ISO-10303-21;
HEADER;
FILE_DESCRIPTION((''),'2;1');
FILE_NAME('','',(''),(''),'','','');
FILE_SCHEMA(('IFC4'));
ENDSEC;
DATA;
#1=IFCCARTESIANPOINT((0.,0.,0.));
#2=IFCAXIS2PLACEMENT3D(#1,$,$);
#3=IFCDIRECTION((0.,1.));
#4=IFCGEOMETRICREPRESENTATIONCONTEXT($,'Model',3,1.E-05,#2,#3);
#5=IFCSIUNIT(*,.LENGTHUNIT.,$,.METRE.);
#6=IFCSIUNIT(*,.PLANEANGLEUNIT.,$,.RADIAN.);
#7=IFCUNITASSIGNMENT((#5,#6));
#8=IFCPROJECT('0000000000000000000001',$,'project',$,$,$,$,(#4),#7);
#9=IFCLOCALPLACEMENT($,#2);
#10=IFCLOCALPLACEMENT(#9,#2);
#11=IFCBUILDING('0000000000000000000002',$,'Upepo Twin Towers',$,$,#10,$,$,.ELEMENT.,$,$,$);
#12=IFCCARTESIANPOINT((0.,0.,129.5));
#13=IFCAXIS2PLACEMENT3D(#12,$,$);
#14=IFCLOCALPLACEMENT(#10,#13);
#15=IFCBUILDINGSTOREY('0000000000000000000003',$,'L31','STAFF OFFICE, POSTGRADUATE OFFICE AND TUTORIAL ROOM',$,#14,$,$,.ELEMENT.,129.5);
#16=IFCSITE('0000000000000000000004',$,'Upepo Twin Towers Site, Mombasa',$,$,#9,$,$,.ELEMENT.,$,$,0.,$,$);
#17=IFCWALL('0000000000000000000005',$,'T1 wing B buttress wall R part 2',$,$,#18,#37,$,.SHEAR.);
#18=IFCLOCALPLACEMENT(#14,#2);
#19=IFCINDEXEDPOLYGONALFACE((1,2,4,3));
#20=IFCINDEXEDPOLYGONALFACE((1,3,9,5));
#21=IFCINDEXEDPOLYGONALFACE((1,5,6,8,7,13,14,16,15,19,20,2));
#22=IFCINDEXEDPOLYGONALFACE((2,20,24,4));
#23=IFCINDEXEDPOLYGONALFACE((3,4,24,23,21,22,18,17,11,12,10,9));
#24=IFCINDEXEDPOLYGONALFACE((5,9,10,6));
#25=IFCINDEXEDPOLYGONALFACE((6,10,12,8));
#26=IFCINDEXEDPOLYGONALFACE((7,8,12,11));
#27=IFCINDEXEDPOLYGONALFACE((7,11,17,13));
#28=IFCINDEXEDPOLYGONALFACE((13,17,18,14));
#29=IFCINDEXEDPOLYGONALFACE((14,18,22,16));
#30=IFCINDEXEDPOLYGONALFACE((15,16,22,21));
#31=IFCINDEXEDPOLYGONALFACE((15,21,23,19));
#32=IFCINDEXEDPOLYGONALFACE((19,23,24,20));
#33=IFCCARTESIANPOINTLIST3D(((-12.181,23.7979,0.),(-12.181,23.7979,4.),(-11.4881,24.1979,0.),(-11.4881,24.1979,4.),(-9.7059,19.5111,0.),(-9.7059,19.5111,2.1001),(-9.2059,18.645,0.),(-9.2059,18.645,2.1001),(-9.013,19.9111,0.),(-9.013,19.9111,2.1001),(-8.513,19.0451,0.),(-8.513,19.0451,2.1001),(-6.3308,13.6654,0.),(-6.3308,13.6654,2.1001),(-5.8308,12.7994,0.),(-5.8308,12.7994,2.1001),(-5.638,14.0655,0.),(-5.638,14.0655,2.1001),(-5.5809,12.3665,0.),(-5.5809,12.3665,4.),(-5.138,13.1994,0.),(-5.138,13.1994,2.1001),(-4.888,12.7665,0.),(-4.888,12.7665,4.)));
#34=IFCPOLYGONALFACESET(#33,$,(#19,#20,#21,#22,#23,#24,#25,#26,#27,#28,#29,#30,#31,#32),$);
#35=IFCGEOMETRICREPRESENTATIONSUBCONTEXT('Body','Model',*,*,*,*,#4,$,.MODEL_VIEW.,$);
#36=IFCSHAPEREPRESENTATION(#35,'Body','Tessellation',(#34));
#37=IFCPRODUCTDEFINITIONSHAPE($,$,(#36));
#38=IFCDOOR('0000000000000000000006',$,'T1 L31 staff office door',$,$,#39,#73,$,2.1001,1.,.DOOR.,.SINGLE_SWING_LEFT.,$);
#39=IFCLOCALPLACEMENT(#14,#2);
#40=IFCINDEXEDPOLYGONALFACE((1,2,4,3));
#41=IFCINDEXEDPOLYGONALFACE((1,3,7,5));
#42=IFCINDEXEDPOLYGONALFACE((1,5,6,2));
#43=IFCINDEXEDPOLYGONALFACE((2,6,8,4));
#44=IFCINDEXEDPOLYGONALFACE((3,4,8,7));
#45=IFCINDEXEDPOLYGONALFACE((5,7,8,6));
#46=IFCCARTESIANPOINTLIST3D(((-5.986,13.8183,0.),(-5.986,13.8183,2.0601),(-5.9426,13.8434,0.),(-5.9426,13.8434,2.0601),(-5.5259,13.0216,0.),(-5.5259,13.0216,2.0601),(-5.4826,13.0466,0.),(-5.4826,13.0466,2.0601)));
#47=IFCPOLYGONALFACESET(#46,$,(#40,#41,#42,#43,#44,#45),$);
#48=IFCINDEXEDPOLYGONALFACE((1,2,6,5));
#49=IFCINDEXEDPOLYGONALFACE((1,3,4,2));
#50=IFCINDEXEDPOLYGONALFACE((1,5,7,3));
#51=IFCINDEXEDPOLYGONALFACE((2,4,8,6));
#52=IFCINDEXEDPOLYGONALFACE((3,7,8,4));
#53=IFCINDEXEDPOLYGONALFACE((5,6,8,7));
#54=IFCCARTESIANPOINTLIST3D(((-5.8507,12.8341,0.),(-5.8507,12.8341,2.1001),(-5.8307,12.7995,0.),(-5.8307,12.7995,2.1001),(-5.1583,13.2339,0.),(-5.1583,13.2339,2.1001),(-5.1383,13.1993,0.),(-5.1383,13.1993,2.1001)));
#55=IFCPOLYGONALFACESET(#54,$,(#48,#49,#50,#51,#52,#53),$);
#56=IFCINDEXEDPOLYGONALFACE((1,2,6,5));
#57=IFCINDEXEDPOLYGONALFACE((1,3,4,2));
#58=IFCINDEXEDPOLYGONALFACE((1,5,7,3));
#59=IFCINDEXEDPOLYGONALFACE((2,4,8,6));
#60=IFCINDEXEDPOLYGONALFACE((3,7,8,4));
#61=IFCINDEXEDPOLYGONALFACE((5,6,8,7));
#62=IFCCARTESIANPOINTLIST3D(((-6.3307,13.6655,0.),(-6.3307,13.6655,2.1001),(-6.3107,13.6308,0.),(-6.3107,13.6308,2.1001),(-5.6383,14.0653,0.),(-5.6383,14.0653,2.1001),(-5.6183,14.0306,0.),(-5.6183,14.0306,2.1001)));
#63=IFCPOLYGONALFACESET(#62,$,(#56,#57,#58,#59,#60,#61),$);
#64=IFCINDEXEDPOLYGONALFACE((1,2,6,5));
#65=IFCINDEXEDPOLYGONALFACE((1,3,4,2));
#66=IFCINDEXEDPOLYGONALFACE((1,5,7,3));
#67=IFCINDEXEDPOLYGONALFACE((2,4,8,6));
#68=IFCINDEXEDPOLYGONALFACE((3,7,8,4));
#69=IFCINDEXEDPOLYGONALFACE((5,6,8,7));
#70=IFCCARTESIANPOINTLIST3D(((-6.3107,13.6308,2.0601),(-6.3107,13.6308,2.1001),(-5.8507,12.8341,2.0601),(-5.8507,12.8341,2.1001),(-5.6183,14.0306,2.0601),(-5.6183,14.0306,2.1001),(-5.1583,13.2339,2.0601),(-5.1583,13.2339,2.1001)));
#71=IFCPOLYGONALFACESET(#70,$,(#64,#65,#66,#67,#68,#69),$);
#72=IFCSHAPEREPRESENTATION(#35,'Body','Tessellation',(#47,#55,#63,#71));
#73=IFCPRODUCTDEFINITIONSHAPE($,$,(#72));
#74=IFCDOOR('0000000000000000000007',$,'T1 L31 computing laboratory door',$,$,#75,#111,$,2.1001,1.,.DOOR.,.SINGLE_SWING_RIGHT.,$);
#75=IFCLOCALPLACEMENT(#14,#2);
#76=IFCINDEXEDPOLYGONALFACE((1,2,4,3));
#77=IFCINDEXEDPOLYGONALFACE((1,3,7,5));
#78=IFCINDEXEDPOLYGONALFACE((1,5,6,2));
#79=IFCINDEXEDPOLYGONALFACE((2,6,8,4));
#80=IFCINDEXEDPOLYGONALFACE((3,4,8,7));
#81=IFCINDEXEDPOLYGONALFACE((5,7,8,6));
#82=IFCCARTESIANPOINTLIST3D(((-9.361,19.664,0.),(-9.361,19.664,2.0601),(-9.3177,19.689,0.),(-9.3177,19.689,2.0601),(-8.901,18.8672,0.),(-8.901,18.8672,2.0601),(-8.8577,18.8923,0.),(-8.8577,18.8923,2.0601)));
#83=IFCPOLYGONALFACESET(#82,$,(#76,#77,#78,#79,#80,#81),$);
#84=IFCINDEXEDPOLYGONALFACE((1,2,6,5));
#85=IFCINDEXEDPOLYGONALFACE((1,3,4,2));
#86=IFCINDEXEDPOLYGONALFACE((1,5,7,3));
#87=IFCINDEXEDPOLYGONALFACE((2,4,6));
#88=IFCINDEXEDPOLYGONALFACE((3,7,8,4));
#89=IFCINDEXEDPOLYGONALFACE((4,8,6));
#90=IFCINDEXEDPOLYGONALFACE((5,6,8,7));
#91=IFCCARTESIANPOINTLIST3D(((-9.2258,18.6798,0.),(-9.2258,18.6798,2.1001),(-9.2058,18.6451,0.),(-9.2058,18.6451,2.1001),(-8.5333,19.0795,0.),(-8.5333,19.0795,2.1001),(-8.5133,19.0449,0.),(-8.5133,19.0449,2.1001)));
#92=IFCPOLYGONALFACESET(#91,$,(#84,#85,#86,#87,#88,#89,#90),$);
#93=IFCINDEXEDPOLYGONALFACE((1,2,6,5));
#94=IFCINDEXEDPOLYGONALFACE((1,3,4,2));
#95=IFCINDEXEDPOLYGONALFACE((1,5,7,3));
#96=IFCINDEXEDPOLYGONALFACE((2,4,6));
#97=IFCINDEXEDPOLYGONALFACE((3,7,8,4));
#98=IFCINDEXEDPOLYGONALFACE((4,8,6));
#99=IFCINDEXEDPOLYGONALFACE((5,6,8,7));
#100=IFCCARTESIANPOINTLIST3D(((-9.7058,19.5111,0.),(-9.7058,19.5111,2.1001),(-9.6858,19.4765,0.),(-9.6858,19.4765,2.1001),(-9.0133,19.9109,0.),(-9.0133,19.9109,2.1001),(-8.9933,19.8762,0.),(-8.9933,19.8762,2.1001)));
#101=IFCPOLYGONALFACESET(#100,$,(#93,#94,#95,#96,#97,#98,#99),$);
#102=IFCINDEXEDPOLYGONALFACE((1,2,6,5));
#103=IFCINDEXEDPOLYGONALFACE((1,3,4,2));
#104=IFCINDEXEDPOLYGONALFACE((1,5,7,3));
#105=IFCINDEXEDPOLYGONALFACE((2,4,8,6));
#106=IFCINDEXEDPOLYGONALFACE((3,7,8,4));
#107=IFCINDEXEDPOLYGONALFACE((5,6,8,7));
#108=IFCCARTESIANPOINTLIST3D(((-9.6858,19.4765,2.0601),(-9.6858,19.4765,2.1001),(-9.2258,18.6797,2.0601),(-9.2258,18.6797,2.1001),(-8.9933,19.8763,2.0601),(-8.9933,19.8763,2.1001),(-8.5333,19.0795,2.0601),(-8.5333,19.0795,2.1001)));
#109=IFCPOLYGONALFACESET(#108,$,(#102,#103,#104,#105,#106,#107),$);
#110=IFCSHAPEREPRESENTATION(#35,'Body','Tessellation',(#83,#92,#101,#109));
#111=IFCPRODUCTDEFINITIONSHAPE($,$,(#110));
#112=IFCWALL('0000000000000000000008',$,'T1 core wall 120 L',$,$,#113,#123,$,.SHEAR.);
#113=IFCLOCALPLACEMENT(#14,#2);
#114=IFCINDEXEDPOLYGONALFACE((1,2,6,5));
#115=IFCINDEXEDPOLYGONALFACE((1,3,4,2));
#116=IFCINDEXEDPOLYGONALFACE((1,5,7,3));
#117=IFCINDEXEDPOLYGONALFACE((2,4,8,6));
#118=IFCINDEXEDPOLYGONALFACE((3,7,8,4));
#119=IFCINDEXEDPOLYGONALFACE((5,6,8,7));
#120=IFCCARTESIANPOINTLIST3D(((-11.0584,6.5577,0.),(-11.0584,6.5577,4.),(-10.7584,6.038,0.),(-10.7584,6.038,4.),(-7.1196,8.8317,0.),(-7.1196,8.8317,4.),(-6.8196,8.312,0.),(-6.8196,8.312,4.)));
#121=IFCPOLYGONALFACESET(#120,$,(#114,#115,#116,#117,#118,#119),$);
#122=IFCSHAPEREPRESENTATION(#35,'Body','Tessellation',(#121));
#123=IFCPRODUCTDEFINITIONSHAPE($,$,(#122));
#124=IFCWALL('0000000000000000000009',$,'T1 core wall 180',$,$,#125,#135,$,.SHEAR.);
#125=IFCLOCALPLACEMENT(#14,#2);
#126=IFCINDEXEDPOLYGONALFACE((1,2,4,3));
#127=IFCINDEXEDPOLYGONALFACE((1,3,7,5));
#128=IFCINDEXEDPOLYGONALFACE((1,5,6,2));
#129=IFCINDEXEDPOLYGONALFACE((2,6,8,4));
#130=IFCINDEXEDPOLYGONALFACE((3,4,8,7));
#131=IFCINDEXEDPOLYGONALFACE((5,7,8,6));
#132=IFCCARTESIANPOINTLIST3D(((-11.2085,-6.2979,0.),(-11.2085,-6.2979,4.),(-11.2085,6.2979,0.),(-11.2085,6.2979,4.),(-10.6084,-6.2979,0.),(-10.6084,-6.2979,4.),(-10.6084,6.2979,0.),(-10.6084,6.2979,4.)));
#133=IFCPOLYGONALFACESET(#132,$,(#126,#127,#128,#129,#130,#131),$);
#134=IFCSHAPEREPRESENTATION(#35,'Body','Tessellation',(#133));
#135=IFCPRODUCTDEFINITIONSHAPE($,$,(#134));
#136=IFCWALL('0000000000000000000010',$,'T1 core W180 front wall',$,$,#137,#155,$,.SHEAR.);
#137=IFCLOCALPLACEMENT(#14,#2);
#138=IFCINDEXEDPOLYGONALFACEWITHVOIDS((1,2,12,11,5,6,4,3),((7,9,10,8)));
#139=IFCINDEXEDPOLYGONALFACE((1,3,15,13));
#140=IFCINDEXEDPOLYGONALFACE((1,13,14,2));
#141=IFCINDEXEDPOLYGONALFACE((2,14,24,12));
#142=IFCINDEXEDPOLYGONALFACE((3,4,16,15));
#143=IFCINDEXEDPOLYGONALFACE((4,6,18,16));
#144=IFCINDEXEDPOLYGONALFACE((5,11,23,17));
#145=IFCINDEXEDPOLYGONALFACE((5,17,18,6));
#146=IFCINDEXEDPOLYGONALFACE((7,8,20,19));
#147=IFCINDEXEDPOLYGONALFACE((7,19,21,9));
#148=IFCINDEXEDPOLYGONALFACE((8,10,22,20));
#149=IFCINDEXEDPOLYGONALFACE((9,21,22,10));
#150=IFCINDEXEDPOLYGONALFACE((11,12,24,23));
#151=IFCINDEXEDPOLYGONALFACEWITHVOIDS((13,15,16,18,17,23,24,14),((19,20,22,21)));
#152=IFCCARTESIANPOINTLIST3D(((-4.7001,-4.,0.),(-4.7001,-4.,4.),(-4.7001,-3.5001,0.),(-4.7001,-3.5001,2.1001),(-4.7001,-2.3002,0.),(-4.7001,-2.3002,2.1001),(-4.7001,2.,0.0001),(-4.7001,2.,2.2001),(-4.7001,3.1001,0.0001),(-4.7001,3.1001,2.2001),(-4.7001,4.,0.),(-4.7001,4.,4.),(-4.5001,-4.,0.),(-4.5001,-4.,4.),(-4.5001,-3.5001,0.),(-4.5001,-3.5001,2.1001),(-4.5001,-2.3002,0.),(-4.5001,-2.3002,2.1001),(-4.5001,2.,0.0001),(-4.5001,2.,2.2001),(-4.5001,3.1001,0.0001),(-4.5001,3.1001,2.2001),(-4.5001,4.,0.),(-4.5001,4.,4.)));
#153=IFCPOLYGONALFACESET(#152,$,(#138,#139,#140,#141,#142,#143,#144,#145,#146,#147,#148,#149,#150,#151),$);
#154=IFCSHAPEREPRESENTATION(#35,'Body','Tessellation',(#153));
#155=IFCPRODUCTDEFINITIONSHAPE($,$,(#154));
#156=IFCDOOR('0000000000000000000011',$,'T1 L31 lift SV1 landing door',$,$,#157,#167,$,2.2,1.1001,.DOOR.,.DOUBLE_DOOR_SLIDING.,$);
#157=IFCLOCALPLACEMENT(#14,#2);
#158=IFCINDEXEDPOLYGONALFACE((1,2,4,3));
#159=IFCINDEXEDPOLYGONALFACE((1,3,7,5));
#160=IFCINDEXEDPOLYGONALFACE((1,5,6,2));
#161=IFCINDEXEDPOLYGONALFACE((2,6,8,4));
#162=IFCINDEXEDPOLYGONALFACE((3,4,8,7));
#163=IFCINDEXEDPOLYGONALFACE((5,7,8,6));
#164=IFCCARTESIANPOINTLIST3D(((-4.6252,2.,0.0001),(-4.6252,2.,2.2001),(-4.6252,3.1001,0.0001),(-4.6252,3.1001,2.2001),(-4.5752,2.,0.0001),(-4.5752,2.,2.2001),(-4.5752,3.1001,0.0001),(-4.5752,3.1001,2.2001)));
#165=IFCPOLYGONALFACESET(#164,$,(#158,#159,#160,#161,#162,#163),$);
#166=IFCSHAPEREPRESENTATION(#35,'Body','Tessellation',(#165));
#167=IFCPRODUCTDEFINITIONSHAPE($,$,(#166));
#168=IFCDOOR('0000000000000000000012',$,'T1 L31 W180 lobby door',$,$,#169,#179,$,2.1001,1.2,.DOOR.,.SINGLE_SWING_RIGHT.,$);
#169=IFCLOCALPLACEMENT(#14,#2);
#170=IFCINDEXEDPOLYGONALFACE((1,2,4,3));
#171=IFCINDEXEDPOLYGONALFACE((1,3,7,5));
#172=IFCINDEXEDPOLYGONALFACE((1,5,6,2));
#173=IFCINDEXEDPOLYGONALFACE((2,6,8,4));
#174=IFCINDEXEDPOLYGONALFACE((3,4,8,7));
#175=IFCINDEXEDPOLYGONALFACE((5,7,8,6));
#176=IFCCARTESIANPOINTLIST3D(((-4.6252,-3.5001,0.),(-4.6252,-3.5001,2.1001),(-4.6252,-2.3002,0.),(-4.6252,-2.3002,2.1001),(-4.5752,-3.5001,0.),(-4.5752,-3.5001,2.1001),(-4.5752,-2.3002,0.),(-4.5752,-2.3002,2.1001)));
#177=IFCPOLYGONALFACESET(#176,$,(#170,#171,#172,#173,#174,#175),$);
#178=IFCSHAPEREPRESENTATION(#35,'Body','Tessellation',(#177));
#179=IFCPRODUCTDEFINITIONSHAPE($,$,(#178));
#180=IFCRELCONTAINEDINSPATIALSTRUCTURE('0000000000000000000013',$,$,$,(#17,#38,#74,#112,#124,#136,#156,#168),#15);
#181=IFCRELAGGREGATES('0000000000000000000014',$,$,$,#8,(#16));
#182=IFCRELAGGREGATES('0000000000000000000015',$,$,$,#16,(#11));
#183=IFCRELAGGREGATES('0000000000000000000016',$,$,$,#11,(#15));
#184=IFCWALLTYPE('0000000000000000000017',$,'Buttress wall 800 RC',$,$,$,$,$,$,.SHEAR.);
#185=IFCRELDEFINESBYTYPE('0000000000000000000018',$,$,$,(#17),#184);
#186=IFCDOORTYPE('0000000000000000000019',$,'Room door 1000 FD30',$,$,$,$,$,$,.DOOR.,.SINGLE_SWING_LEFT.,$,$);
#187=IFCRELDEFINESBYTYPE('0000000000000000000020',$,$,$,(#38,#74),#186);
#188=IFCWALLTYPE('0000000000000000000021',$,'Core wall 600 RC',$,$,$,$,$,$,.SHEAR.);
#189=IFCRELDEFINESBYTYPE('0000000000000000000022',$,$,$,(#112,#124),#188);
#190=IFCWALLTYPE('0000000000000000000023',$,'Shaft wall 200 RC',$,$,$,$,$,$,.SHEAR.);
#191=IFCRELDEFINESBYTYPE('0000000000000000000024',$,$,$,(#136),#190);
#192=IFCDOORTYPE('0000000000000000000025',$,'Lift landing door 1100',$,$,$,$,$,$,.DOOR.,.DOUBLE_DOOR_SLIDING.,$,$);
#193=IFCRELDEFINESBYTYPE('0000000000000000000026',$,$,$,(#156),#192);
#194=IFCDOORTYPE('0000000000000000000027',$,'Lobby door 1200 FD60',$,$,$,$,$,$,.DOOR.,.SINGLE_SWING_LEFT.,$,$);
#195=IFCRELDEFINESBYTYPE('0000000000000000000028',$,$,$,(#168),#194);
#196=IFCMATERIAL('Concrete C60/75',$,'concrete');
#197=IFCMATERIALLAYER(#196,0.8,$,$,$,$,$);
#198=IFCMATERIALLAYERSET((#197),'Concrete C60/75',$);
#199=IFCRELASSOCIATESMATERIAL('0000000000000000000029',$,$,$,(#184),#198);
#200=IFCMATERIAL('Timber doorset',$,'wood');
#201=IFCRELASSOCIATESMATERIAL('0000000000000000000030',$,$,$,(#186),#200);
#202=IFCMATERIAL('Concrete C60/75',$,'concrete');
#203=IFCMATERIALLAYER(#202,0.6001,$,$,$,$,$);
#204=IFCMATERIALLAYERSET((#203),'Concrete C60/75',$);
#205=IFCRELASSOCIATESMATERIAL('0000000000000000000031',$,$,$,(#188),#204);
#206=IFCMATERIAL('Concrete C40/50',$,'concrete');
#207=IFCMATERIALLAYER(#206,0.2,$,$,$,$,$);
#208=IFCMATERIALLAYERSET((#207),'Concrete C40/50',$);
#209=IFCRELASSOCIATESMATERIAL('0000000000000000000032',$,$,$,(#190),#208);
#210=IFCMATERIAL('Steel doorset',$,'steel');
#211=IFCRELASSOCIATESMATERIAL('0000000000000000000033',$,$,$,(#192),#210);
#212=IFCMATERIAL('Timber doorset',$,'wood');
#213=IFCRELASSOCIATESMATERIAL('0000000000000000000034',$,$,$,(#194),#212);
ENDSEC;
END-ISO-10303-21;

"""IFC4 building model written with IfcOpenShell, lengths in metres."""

from ifc_helpers import new_model, si_unit, direction, frame, frame_2d, origin, place, context, subcontext, project, spatial, rectangle, extrude, material, layer, layer_set, type_object, element, fill, save


model = new_model("IFC4")

# Units and contexts
model_context = context("Model", 3, precision=1e-05, world=origin(), true_north=direction((0.0, 1.0)))
body_context = subcontext(model_context, "Body", "Model", "MODEL_VIEW")
ifc_project = project(units=[si_unit("LENGTHUNIT", "METRE"), si_unit("PLANEANGLEUNIT", "RADIAN")], contexts=[model_context])

# Site, building, storey
site_placement = place(None, origin())
site = spatial("IfcSite", under=ifc_project, at=site_placement, Name="Upepo Twin Towers Site, Mombasa", CompositionType="ELEMENT", RefElevation=0.0)
building_placement = place(site_placement, origin())
building = spatial("IfcBuilding", under=site, at=building_placement, Name="Upepo Twin Towers", CompositionType="ELEMENT")
storey_placement = place(building_placement, frame((0.0, 0.0, 129.5)))
storey = spatial("IfcBuildingStorey", under=building, at=storey_placement, Name="L31", Description="STAFF OFFICE, POSTGRADUATE OFFICE AND TUTORIAL ROOM", CompositionType="ELEMENT", Elevation=129.5)

# Wall, openings, doors
ifc_material_1 = material(Name="Concrete C60/75", Category="concrete")
ifc_layer_1 = layer(ifc_material_1, 0.8)
ifc_layer_set_1 = layer_set([ifc_layer_1], Name="Concrete C60/75")
wall_type_1 = type_object("IfcWallType", Name="Buttress wall 800 RC", PredefinedType="SHEAR", material=ifc_layer_set_1)
ifc_material_2 = material(Name="Timber doorset", Category="wood")
door_type_1 = type_object("IfcDoorType", Name="Room door 1000 FD30", OperationType="SINGLE_SWING_LEFT", PredefinedType="DOOR", material=ifc_material_2)
wall_1_placement = place(storey_placement, frame((-5.2344, 12.5664, 0.0), z_axis=(0.0, 0.0, 1.0), x_axis=(-0.50001, 0.86602, 0.0)))
wall_1 = element("IfcWall", 1, at=wall_1_placement, inside=storey, type_object=wall_type_1, Name="T1 wing B buttress wall R part 2", PredefinedType="SHEAR", context=body_context, shape_type="SweptSolid", body=[
    extrude(rectangle(XDim=13.2, YDim=0.8, at=frame_2d((6.6001, 0.0))), origin(), (0.0, 0.0, 1.0), 4.0),
])
opening_1_placement = place(wall_1_placement, frame((0.5, 0.0, 0.0)))
opening_1 = element("IfcOpeningElement", 2, at=opening_1_placement, cuts=wall_1, PredefinedType="OPENING", context=body_context, shape_type="SweptSolid", body=[
    extrude(rectangle(XDim=1.0, YDim=2.1001, at=frame_2d((0.5, 1.05))), frame((0.0, 0.4099, 0.0), z_axis=(0.0, -1.0, 0.0), x_axis=(1.0, 0.0, 0.0)), (0.0, 0.0, 1.0), 0.8201),
])
opening_2_placement = place(wall_1_placement, frame((7.25, 0.0, 0.0)))
opening_2 = element("IfcOpeningElement", 3, at=opening_2_placement, cuts=wall_1, PredefinedType="OPENING", context=body_context, shape_type="SweptSolid", body=[
    extrude(rectangle(XDim=1.0, YDim=2.1001, at=frame_2d((0.5, 1.05))), frame((0.0, 0.4099, 0.0), z_axis=(0.0, -1.0, 0.0), x_axis=(1.0, 0.0, 0.0)), (0.0, 0.0, 1.0), 0.8201),
])
door_1_placement = place(opening_1_placement, origin())
door_1 = element("IfcDoor", 4, at=door_1_placement, inside=storey, type_object=door_type_1, Name="T1 L31 staff office door", OperationType="SINGLE_SWING_LEFT", OverallHeight=2.1001, OverallWidth=1.0, PredefinedType="DOOR", context=body_context, shape_type="SweptSolid", body=[
    extrude(rectangle(XDim=0.92, YDim=2.0601, at=frame_2d((0.5, 1.03))), frame((0.0, 0.0249, 0.0), z_axis=(0.0, -1.0, 0.0), x_axis=(1.0, 0.0, 0.0)), (0.0, 0.0, 1.0), 0.05),
    extrude(rectangle(XDim=0.04, YDim=2.1001, at=frame_2d((0.02, 1.05))), frame((0.0, 0.3999, 0.0), z_axis=(0.0, -1.0, 0.0), x_axis=(1.0, 0.0, 0.0)), (0.0, 0.0, 1.0), 0.7996),
    extrude(rectangle(XDim=0.04, YDim=2.1001, at=frame_2d((0.98, 1.05))), frame((0.0, 0.3999, 0.0), z_axis=(0.0, -1.0, 0.0), x_axis=(1.0, 0.0, 0.0)), (0.0, 0.0, 1.0), 0.7996),
    extrude(rectangle(XDim=0.92, YDim=0.04, at=frame_2d((0.5, 2.0801))), frame((0.0, 0.3999, 0.0), z_axis=(0.0, -1.0, 0.0), x_axis=(1.0, 0.0, 0.0)), (0.0, 0.0, 1.0), 0.7996),
])
fill(opening_1, door_1)
door_2_placement = place(opening_2_placement, origin())
door_2 = element("IfcDoor", 5, at=door_2_placement, inside=storey, type_object=door_type_1, Name="T1 L31 computing laboratory door", OperationType="SINGLE_SWING_RIGHT", OverallHeight=2.1001, OverallWidth=1.0, PredefinedType="DOOR", context=body_context, shape_type="SweptSolid", body=[
    extrude(rectangle(XDim=0.92, YDim=2.0601, at=frame_2d((0.5, 1.03))), frame((0.0, 0.0249, 0.0), z_axis=(0.0, -1.0, 0.0), x_axis=(1.0, 0.0, 0.0)), (0.0, 0.0, 1.0), 0.05),
    extrude(rectangle(XDim=0.04, YDim=2.1001, at=frame_2d((0.02, 1.05))), frame((0.0, 0.3999, 0.0), z_axis=(0.0, -1.0, 0.0), x_axis=(1.0, 0.0, 0.0)), (0.0, 0.0, 1.0), 0.7996),
    extrude(rectangle(XDim=0.04, YDim=2.1001, at=frame_2d((0.98, 1.05))), frame((0.0, 0.3999, 0.0), z_axis=(0.0, -1.0, 0.0), x_axis=(1.0, 0.0, 0.0)), (0.0, 0.0, 1.0), 0.7996),
    extrude(rectangle(XDim=0.92, YDim=0.04, at=frame_2d((0.5, 2.0801))), frame((0.0, 0.3999, 0.0), z_axis=(0.0, -1.0, 0.0), x_axis=(1.0, 0.0, 0.0)), (0.0, 0.0, 1.0), 0.7996),
])
fill(opening_2, door_2)

# Walls
ifc_material_3 = material(Name="Concrete C60/75", Category="concrete")
ifc_layer_2 = layer(ifc_material_3, 0.6001)
ifc_layer_set_2 = layer_set([ifc_layer_2], Name="Concrete C60/75")
wall_type_2 = type_object("IfcWallType", Name="Core wall 600 RC", PredefinedType="SHEAR", material=ifc_layer_set_2)
wall_2_placement = place(storey_placement, frame((-6.9697, 8.5718, 0.0), z_axis=(0.0, 0.0, 1.0), x_axis=(-0.866035, -0.499984, 0.0)))
element("IfcWall", 6, at=wall_2_placement, inside=storey, type_object=wall_type_2, Name="T1 core wall 120 L", PredefinedType="SHEAR", context=body_context, shape_type="SweptSolid", body=[
    extrude(rectangle(XDim=4.5481, YDim=0.6001, at=frame_2d((2.2739, 0.0))), origin(), (0.0, 0.0, 1.0), 4.0),
])
wall_3_placement = place(storey_placement, frame((-10.9084, 6.2979, 0.0), z_axis=(0.0, 0.0, 1.0), x_axis=(0.0, -1.0, 0.0)))
element("IfcWall", 7, at=wall_3_placement, inside=storey, type_object=wall_type_2, Name="T1 core wall 180", PredefinedType="SHEAR", context=body_context, shape_type="SweptSolid", body=[
    extrude(rectangle(XDim=12.5957, YDim=0.6001, at=frame_2d((6.2979, 0.0))), origin(), (0.0, 0.0, 1.0), 4.0),
])

# Wall, openings, doors
ifc_material_4 = material(Name="Concrete C40/50", Category="concrete")
ifc_layer_3 = layer(ifc_material_4, 0.2)
ifc_layer_set_3 = layer_set([ifc_layer_3], Name="Concrete C40/50")
wall_type_3 = type_object("IfcWallType", Name="Shaft wall 200 RC", PredefinedType="SHEAR", material=ifc_layer_set_3)
wall_4_placement = place(storey_placement, frame((-4.6001, 4.0, 0.0), z_axis=(0.0, 0.0, 1.0), x_axis=(0.0, -1.0, 0.0)))
wall_4 = element("IfcWall", 8, at=wall_4_placement, inside=storey, type_object=wall_type_3, Name="T1 core W180 front wall", PredefinedType="SHEAR", context=body_context, shape_type="SweptSolid", body=[
    extrude(rectangle(XDim=8.0, YDim=0.2, at=frame_2d((4.0, 0.0))), origin(), (0.0, 0.0, 1.0), 4.0),
])
opening_3_placement = place(wall_4_placement, frame((6.3, 0.0, 0.0)))
opening_3 = element("IfcOpeningElement", 9, at=opening_3_placement, cuts=wall_4, PredefinedType="OPENING", context=body_context, shape_type="SweptSolid", body=[
    extrude(rectangle(XDim=1.2, YDim=2.1001, at=frame_2d((0.6001, 1.05))), frame((0.0, 0.1099, 0.0), z_axis=(0.0, -1.0, 0.0), x_axis=(1.0, 0.0, 0.0)), (0.0, 0.0, 1.0), 0.22),
])
opening_4_placement = place(wall_4_placement, frame((0.8999, 0.0, 0.0)))
opening_4 = element("IfcOpeningElement", 10, at=opening_4_placement, cuts=wall_4, PredefinedType="OPENING", context=body_context, shape_type="SweptSolid", body=[
    extrude(rectangle(XDim=1.1001, YDim=2.2, at=frame_2d((0.55, 1.1001))), frame((0.0, 0.1099, 0.0), z_axis=(0.0, -1.0, 0.0), x_axis=(1.0, 0.0, 0.0)), (0.0, 0.0, 1.0), 0.22),
])
ifc_material_5 = material(Name="Steel doorset", Category="steel")
door_type_2 = type_object("IfcDoorType", Name="Lift landing door 1100", OperationType="DOUBLE_DOOR_SLIDING", PredefinedType="DOOR", material=ifc_material_5)
door_3_placement = place(opening_4_placement, origin())
door_3 = element("IfcDoor", 11, at=door_3_placement, inside=storey, type_object=door_type_2, Name="T1 L31 lift SV1 landing door", OperationType="DOUBLE_DOOR_SLIDING", OverallHeight=2.2, OverallWidth=1.1001, PredefinedType="DOOR", context=body_context, shape_type="SweptSolid", body=[
    extrude(rectangle(XDim=1.1001, YDim=2.2, at=frame_2d((0.55, 1.1001))), frame((0.0, 0.0249, 0.0), z_axis=(0.0, -1.0, 0.0), x_axis=(1.0, 0.0, 0.0)), (0.0, 0.0, 1.0), 0.05),
])
fill(opening_4, door_3)
ifc_material_6 = material(Name="Timber doorset", Category="wood")
door_type_3 = type_object("IfcDoorType", Name="Lobby door 1200 FD60", OperationType="SINGLE_SWING_LEFT", PredefinedType="DOOR", material=ifc_material_6)
door_4_placement = place(opening_3_placement, origin())
door_4 = element("IfcDoor", 12, at=door_4_placement, inside=storey, type_object=door_type_3, Name="T1 L31 W180 lobby door", OperationType="SINGLE_SWING_RIGHT", OverallHeight=2.1001, OverallWidth=1.2, PredefinedType="DOOR", context=body_context, shape_type="SweptSolid", body=[
    extrude(rectangle(XDim=1.2, YDim=2.1001, at=frame_2d((0.6001, 1.05))), frame((0.0, 0.0249, 0.0), z_axis=(0.0, -1.0, 0.0), x_axis=(1.0, 0.0, 0.0)), (0.0, 0.0, 1.0), 0.05),
])
fill(opening_3, door_4)

save(model, "model.ifc")
